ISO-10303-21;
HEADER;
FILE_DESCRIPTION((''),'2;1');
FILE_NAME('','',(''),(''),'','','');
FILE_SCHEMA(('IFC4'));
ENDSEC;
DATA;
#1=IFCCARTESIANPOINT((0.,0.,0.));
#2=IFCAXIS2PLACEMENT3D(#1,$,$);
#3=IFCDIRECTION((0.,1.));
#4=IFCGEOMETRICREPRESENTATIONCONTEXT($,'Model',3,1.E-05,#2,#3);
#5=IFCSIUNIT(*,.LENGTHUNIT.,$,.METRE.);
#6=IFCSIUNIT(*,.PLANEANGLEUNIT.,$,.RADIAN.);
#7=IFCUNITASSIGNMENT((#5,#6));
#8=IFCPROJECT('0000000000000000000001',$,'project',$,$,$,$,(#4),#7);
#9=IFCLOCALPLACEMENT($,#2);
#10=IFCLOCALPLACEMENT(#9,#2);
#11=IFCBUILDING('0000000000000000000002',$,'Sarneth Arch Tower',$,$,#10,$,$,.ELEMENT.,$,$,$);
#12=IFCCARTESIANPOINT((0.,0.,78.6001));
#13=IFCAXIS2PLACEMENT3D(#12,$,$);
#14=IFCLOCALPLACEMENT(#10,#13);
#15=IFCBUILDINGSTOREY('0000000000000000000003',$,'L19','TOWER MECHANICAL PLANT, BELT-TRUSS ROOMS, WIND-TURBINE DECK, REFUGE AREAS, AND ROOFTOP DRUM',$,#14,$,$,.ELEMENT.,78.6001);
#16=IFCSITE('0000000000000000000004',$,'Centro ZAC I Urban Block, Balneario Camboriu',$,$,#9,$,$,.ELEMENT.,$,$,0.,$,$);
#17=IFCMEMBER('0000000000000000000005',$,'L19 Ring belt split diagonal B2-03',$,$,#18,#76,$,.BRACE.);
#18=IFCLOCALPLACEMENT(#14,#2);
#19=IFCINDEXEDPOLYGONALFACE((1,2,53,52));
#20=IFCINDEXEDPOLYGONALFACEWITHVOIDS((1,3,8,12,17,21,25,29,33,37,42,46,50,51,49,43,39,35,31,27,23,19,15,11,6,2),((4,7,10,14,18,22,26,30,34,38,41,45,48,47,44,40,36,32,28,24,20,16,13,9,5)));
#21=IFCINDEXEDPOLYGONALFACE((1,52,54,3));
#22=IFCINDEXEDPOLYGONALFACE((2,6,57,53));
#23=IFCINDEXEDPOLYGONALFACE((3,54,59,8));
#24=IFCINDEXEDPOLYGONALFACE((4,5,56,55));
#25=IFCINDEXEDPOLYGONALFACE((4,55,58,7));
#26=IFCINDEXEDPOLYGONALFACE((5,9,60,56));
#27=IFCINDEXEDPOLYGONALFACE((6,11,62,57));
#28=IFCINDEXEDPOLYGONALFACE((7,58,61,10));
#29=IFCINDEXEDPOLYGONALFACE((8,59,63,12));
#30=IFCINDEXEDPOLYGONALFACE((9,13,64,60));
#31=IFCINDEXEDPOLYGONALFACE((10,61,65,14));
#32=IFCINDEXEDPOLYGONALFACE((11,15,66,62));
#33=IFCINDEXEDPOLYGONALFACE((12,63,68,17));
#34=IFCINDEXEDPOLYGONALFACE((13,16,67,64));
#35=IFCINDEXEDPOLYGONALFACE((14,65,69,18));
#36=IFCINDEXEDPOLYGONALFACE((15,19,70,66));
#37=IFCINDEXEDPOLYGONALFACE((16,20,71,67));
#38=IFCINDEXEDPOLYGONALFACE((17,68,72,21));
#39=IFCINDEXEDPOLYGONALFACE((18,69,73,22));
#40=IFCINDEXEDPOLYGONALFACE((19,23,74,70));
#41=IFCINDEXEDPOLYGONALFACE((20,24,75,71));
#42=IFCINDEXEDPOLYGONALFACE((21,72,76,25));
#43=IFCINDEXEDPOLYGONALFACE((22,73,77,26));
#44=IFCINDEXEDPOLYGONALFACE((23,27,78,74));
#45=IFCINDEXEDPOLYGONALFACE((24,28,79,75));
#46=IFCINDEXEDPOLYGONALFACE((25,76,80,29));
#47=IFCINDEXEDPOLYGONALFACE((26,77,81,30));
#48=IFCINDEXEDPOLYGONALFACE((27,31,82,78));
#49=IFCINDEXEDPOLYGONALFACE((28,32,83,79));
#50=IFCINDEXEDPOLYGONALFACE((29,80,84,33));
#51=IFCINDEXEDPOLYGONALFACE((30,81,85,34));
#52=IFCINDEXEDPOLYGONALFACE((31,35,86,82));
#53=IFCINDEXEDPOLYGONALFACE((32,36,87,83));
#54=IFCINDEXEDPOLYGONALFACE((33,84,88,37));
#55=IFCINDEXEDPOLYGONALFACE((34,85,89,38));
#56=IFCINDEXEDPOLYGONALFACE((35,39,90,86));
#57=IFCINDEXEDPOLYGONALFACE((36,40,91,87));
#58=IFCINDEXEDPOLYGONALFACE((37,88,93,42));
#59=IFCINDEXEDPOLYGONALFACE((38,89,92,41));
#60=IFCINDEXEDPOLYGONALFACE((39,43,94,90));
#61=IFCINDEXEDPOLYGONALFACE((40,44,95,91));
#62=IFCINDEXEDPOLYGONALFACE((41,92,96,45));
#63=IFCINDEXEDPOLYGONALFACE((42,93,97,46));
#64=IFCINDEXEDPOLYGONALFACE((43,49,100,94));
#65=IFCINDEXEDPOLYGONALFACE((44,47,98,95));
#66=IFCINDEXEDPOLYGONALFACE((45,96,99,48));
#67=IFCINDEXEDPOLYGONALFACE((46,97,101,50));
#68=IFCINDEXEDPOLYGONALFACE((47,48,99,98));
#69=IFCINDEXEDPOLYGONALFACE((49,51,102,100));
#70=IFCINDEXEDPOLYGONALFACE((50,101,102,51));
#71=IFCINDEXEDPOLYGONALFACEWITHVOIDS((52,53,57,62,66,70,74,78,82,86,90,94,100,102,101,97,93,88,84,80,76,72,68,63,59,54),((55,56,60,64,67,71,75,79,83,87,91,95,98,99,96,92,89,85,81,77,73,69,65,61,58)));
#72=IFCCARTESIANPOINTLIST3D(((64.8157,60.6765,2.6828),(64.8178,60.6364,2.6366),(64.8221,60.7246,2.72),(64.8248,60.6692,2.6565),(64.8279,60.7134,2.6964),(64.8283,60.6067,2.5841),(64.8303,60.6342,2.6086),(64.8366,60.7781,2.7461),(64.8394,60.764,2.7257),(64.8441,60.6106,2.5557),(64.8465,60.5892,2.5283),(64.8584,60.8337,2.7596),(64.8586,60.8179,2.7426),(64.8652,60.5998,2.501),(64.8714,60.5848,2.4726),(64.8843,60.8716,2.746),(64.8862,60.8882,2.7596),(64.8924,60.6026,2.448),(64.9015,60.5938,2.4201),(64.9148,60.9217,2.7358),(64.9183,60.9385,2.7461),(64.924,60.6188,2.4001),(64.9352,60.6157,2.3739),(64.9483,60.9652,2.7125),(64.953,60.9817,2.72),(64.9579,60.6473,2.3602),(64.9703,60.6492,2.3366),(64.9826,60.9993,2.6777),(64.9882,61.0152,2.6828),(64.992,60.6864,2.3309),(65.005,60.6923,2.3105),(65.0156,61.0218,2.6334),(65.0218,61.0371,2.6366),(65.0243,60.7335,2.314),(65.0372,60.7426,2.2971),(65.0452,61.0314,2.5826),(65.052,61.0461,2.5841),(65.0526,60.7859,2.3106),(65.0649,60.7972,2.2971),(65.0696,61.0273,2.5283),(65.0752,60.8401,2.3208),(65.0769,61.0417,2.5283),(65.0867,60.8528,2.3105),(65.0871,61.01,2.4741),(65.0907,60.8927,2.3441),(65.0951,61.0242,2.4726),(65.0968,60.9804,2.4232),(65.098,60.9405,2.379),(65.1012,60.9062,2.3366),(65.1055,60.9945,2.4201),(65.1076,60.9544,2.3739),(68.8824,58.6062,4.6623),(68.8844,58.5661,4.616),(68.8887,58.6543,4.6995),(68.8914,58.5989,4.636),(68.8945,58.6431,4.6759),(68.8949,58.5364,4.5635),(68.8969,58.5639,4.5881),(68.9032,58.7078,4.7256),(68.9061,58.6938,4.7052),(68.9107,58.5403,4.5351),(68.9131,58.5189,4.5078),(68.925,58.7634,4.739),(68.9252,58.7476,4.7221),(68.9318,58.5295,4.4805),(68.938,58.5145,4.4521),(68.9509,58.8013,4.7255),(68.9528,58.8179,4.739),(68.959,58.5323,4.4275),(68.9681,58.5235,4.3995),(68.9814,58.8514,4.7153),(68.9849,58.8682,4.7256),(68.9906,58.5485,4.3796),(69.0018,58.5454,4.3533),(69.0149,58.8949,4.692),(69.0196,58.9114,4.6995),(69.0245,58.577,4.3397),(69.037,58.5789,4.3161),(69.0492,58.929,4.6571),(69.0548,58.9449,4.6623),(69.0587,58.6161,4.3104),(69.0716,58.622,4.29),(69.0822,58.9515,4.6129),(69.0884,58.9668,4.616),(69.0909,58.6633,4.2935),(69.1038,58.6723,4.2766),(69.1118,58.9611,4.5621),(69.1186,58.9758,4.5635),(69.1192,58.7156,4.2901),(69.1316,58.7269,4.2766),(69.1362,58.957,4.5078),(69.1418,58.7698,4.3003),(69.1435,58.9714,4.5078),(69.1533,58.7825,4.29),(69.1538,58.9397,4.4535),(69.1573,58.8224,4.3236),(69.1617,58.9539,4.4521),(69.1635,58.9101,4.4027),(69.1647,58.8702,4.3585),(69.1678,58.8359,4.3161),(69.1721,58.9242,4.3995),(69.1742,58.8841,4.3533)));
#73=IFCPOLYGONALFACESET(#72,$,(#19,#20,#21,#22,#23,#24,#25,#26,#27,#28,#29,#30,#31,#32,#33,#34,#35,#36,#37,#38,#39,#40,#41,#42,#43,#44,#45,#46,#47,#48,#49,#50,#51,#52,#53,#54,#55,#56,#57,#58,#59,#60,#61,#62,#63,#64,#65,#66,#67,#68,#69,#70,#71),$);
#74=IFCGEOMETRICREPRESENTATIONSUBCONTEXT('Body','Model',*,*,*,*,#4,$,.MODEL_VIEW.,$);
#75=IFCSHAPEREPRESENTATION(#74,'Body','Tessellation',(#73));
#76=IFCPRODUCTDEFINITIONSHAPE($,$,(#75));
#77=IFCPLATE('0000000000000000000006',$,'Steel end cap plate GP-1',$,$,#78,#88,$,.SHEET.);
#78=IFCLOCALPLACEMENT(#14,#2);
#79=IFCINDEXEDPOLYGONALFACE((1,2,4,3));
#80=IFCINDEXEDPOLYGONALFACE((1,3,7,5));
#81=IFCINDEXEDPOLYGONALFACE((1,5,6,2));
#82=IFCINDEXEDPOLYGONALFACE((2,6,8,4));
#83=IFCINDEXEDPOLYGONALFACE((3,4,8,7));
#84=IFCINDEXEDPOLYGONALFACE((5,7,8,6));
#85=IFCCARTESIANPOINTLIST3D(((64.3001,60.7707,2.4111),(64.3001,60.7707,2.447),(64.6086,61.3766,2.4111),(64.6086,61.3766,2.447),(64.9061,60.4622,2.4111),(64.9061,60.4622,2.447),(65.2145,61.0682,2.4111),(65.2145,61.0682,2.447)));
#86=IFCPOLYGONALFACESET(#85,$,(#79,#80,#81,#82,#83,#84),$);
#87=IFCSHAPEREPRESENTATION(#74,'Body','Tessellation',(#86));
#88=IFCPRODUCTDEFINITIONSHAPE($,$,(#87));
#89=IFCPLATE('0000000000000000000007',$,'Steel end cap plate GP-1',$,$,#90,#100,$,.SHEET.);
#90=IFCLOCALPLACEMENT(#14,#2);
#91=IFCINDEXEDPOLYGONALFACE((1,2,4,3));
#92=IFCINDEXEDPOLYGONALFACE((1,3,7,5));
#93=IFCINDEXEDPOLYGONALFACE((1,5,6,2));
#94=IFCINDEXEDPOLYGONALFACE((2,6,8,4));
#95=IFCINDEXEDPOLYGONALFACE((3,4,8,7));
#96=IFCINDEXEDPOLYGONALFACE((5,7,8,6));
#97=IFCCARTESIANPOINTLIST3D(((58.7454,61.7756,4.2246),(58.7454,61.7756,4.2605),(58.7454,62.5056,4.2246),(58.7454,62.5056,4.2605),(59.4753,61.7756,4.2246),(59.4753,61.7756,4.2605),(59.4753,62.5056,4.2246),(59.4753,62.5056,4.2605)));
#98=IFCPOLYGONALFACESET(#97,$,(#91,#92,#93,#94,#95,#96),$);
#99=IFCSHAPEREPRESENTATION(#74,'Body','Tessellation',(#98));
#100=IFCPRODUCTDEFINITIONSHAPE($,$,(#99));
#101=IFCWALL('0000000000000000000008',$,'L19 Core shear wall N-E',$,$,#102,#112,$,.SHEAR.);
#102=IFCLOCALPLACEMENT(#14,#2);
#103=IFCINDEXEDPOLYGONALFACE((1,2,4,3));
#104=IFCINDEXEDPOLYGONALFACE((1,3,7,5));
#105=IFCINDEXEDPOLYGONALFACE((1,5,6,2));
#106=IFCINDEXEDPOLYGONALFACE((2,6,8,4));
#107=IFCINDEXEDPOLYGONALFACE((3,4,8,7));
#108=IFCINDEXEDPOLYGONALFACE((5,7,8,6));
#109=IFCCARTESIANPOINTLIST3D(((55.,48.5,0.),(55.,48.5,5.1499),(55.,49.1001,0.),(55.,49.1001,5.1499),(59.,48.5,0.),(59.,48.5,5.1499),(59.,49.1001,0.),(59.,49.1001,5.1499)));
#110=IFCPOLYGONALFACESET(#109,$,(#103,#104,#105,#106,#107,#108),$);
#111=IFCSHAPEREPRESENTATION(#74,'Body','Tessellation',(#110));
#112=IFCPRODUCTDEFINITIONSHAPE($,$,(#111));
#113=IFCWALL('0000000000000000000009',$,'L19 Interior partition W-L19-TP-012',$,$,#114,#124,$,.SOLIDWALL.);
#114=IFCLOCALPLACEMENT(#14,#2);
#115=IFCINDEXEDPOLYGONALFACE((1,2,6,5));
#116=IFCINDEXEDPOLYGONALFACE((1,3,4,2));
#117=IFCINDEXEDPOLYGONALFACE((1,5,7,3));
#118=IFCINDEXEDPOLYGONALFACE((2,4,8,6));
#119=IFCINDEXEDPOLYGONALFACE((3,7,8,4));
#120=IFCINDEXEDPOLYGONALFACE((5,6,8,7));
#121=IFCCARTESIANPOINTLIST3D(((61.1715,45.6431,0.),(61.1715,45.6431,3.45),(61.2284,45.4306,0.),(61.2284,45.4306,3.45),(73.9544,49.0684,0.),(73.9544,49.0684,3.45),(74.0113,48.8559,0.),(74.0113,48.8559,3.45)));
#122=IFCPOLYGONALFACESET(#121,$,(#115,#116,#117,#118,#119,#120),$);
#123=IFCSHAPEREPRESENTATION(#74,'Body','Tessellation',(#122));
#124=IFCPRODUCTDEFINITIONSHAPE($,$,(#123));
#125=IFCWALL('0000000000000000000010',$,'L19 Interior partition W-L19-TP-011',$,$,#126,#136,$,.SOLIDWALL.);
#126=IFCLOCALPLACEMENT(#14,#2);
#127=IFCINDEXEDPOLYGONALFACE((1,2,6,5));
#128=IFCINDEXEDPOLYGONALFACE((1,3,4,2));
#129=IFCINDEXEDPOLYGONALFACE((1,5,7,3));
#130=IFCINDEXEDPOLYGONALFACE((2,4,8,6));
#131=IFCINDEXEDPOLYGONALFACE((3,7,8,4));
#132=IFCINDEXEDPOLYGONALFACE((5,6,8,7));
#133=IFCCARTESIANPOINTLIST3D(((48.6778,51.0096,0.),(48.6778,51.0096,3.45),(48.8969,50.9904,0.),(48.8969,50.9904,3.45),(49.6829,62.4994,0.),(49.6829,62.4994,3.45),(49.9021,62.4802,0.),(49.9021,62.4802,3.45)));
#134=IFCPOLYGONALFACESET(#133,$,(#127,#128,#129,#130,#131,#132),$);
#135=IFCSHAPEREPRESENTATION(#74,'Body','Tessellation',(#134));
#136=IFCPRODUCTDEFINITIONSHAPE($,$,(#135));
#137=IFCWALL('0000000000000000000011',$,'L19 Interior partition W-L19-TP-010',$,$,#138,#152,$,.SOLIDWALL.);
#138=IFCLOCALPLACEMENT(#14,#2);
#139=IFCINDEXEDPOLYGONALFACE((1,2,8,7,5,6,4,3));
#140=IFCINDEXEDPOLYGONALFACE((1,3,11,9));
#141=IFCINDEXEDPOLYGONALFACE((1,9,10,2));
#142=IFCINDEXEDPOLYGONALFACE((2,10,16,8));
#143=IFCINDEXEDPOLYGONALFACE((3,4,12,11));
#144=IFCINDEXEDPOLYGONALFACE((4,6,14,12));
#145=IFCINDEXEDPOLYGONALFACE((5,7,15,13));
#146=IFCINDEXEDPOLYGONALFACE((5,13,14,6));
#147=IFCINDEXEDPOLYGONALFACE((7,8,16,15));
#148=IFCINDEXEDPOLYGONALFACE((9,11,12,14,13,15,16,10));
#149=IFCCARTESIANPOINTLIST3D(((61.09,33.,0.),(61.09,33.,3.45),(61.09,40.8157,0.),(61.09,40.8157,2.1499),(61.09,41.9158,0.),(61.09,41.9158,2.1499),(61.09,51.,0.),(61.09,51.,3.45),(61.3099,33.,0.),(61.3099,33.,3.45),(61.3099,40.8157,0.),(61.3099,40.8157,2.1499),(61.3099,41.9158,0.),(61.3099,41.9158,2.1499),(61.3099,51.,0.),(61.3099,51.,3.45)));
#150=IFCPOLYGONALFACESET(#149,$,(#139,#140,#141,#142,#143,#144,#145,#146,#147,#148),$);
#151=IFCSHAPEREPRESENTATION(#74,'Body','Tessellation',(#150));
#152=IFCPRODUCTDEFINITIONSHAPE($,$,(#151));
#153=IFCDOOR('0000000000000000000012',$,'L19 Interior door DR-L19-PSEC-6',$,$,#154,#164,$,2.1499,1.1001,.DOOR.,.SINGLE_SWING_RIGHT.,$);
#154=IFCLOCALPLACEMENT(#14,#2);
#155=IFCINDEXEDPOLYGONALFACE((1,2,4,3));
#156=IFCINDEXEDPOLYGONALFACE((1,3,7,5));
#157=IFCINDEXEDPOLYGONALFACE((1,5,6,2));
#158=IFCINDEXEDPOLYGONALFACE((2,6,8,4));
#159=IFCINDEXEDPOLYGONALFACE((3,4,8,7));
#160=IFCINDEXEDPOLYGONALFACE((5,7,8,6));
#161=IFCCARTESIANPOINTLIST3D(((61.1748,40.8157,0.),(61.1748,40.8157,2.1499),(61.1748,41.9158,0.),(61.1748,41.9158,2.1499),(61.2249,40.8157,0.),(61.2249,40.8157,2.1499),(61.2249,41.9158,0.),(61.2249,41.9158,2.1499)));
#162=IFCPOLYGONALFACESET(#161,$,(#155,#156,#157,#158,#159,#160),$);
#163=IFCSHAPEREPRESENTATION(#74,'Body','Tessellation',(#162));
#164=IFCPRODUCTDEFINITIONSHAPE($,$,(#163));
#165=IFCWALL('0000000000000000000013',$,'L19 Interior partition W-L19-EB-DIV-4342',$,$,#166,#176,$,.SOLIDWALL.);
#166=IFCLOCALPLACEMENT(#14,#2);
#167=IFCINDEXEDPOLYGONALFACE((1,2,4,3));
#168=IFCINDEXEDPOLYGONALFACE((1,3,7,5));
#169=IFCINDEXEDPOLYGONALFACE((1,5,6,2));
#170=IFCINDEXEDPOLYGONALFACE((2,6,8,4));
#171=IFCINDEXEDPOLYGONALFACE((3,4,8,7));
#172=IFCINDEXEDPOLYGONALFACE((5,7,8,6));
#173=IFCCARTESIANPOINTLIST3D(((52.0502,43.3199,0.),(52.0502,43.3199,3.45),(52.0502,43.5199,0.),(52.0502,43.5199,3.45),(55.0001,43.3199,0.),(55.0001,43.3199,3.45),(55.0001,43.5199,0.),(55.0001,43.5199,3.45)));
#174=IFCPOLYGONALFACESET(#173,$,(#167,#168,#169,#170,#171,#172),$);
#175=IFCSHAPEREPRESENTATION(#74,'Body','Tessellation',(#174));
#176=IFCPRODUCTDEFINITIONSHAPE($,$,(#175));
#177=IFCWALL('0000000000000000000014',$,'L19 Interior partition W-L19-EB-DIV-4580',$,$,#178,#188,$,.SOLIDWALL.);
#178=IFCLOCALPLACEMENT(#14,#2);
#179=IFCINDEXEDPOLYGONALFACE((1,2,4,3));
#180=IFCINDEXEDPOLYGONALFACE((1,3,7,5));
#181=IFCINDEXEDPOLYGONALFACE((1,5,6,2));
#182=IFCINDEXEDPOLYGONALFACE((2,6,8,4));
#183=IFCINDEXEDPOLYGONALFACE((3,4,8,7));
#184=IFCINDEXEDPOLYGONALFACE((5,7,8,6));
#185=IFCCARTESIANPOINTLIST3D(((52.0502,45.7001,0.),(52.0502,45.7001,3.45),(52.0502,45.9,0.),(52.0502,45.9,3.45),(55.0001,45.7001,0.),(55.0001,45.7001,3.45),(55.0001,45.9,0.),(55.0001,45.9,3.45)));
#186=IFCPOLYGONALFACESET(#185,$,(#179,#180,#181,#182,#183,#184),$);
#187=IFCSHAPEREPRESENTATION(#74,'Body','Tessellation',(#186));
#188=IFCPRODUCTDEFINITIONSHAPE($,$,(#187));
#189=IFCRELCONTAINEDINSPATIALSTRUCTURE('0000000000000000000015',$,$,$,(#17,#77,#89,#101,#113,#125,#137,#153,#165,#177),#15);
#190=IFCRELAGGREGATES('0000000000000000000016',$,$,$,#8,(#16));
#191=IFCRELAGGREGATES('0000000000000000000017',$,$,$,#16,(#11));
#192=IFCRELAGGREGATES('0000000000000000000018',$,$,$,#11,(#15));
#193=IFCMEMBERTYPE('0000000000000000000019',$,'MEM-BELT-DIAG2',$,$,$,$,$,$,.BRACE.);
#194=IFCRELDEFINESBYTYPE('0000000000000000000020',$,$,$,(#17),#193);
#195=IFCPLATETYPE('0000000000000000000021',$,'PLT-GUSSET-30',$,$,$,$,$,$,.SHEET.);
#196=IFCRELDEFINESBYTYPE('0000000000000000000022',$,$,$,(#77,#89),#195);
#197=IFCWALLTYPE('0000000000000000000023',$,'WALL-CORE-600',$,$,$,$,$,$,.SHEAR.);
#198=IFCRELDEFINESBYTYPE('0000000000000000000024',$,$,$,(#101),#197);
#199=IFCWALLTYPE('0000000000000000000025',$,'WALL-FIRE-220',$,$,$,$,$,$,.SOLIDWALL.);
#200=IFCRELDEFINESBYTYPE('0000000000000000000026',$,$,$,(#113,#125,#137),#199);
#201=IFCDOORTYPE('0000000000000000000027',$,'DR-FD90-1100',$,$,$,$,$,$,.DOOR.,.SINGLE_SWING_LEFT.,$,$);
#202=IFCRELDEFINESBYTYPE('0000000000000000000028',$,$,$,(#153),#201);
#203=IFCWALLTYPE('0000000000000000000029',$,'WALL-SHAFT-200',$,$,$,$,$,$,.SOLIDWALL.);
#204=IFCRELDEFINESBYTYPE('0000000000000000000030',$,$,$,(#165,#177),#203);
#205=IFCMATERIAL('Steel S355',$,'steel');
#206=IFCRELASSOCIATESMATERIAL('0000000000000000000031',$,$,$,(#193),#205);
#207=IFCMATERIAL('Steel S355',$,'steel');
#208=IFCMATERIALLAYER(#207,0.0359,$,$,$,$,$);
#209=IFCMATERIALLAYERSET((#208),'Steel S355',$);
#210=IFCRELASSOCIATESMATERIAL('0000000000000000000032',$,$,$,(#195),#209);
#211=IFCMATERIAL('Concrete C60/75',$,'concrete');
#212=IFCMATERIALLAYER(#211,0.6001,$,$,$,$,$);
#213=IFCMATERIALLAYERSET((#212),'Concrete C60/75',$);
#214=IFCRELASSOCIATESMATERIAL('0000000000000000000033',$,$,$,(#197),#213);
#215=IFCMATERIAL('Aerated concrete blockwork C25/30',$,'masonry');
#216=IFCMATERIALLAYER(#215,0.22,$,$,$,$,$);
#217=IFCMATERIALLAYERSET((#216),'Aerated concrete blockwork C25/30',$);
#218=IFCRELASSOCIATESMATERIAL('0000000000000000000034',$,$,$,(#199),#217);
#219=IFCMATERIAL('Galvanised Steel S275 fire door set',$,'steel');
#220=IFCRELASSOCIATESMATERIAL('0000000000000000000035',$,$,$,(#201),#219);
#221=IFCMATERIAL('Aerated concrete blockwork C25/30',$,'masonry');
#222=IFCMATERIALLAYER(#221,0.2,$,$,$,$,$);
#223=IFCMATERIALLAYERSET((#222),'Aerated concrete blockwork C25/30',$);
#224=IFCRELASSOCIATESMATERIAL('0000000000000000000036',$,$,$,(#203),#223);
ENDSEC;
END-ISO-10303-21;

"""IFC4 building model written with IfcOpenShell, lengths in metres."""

from ifc_helpers import new_model, si_unit, direction, frame, frame_2d, origin, origin_2d, place, context, subcontext, project, spatial, rectangle, hollow_circle, extrude, material, layer, layer_set, material_profile, profile_set, type_object, element, fill, save


model = new_model("IFC4")

# Units and contexts
model_context = context("Model", 3, precision=1e-05, world=origin(), true_north=direction((0.0, 1.0)))
body_context = subcontext(model_context, "Body", "Model", "MODEL_VIEW")
ifc_project = project(units=[si_unit("LENGTHUNIT", "METRE"), si_unit("PLANEANGLEUNIT", "RADIAN")], contexts=[model_context])

# Site, building, storey
site_placement = place(None, origin())
site = spatial("IfcSite", under=ifc_project, at=site_placement, Name="Centro ZAC I Urban Block, Balneario Camboriu", CompositionType="ELEMENT", RefElevation=0.0)
building_placement = place(site_placement, origin())
building = spatial("IfcBuilding", under=site, at=building_placement, Name="Sarneth Arch Tower", CompositionType="ELEMENT")
storey_placement = place(building_placement, frame((0.0, 0.0, 78.6001)))
storey = spatial("IfcBuildingStorey", under=building, at=storey_placement, Name="L19", Description="TOWER MECHANICAL PLANT, BELT-TRUSS ROOMS, WIND-TURBINE DECK, REFUGE AREAS, AND ROOFTOP DRUM", CompositionType="ELEMENT", Elevation=78.6001)

# Member
ifc_material_1 = material(Name="Steel S355", Category="steel")
ifc_material_profile_1 = material_profile(ifc_material_1, hollow_circle(Radius=0.2539, WallThickness=0.0161, at=origin_2d()), Name="CHS508x16")
ifc_profile_set_1 = profile_set([ifc_material_profile_1], Name="Steel S355")
member_type = type_object("IfcMemberType", Name="MEM-BELT-DIAG2", PredefinedType="BRACE", material=ifc_profile_set_1)
member_placement = place(storey_placement, frame((64.9617, 60.8154, 2.5283), z_axis=(0.817556, -0.416214, 0.397955), x_axis=(0.453686, 0.891162, 0.0)))
element("IfcMember", 1, at=member_placement, inside=storey, type_object=member_type, Name="L19 Ring belt split diagonal B2-03", PredefinedType="BRACE", context=body_context, shape_type="SweptSolid", body=[
    extrude(hollow_circle(Radius=0.2539, WallThickness=0.0161, at=origin_2d()), origin(), (0.0, 0.0, 1.0), 4.9741),
])

# Plates
ifc_material_2 = material(Name="Steel S355", Category="steel")
ifc_layer_1 = layer(ifc_material_2, 0.0359)
ifc_layer_set_1 = layer_set([ifc_layer_1], Name="Steel S355")
plate_type = type_object("IfcPlateType", Name="PLT-GUSSET-30", PredefinedType="SHEET", material=ifc_layer_set_1)
plate_1_placement = place(storey_placement, frame((64.7573, 60.9194, 2.4111), z_axis=(0.0, 0.0, 1.0), x_axis=(-0.891165, 0.453679, 0.0)))
element("IfcPlate", 2, at=plate_1_placement, inside=storey, type_object=plate_type, Name="Steel end cap plate GP-1", PredefinedType="SHEET", context=body_context, shape_type="SweptSolid", body=[
    extrude(rectangle(XDim=0.6799, YDim=0.6799, at=origin_2d()), origin(), (0.0, 0.0, 1.0), 0.0359),
])
plate_2_placement = place(storey_placement, frame((59.1104, 62.1406, 4.2246), z_axis=(0.0, 0.0, 1.0), x_axis=(1.0, 0.0, 0.0)))
element("IfcPlate", 3, at=plate_2_placement, inside=storey, type_object=plate_type, Name="Steel end cap plate GP-1", PredefinedType="SHEET", context=body_context, shape_type="SweptSolid", body=[
    extrude(rectangle(XDim=0.73, YDim=0.73, at=origin_2d()), origin(), (0.0, 0.0, 1.0), 0.0359),
])

# Walls
ifc_material_3 = material(Name="Concrete C60/75", Category="concrete")
ifc_layer_2 = layer(ifc_material_3, 0.6001)
ifc_layer_set_2 = layer_set([ifc_layer_2], Name="Concrete C60/75")
wall_type_1 = type_object("IfcWallType", Name="WALL-CORE-600", PredefinedType="SHEAR", material=ifc_layer_set_2)
wall_1_placement = place(storey_placement, frame((55.0, 48.8, 0.0), z_axis=(0.0, 0.0, 1.0), x_axis=(1.0, 0.0, 0.0)))
element("IfcWall", 4, at=wall_1_placement, inside=storey, type_object=wall_type_1, Name="L19 Core shear wall N-E", PredefinedType="SHEAR", context=body_context, shape_type="SweptSolid", body=[
    extrude(rectangle(XDim=4.0, YDim=0.6001, at=frame_2d((2.0, 0.0))), origin(), (0.0, 0.0, 1.0), 5.1499),
])
ifc_material_4 = material(Name="Aerated concrete blockwork C25/30", Category="masonry")
ifc_layer_3 = layer(ifc_material_4, 0.22)
ifc_layer_set_3 = layer_set([ifc_layer_3], Name="Aerated concrete blockwork C25/30")
wall_type_2 = type_object("IfcWallType", Name="WALL-FIRE-220", PredefinedType="SOLIDWALL", material=ifc_layer_set_3)
wall_2_placement = place(storey_placement, frame((61.2, 45.5369, 0.0), z_axis=(0.0, 0.0, 1.0), x_axis=(0.965924, 0.258827, 0.0)))
element("IfcWall", 5, at=wall_2_placement, inside=storey, type_object=wall_type_2, Name="L19 Interior partition W-L19-TP-012", PredefinedType="SOLIDWALL", context=body_context, shape_type="SweptSolid", body=[
    extrude(rectangle(XDim=13.2339, YDim=0.22, at=frame_2d((6.6169, 0.0))), origin(), (0.0, 0.0, 1.0), 3.45),
])
wall_3_placement = place(storey_placement, frame((48.7874, 51.0, 0.0), z_axis=(0.0, 0.0, 1.0), x_axis=(0.087148, 0.996195, 0.0)))
element("IfcWall", 6, at=wall_3_placement, inside=storey, type_object=wall_type_2, Name="L19 Interior partition W-L19-TP-011", PredefinedType="SOLIDWALL", context=body_context, shape_type="SweptSolid", body=[
    extrude(rectangle(XDim=11.5337, YDim=0.22, at=frame_2d((5.7668, 0.0))), origin(), (0.0, 0.0, 1.0), 3.45),
])

# Wall, opening, door
wall_4_placement = place(storey_placement, frame((61.2, 51.0, 0.0), z_axis=(0.0, 0.0, 1.0), x_axis=(0.0, -1.0, 0.0)))
wall_4 = element("IfcWall", 7, at=wall_4_placement, inside=storey, type_object=wall_type_2, Name="L19 Interior partition W-L19-TP-010", PredefinedType="SOLIDWALL", context=body_context, shape_type="SweptSolid", body=[
    extrude(rectangle(XDim=18.0, YDim=0.22, at=frame_2d((9.0, 0.0))), origin(), (0.0, 0.0, 1.0), 3.45),
])
opening_placement = place(wall_4_placement, frame((9.0842, 0.0, 0.0)))
opening = element("IfcOpeningElement", 8, at=opening_placement, cuts=wall_4, PredefinedType="OPENING", context=body_context, shape_type="SweptSolid", body=[
    extrude(rectangle(XDim=1.1001, YDim=2.1499, at=frame_2d((0.55, 1.075))), frame((0.0, 0.1199, 0.0), z_axis=(0.0, -1.0, 0.0), x_axis=(1.0, 0.0, 0.0)), (0.0, 0.0, 1.0), 0.24),
])
ifc_material_5 = material(Name="Galvanised Steel S275 fire door set", Category="steel")
door_type = type_object("IfcDoorType", Name="DR-FD90-1100", OperationType="SINGLE_SWING_LEFT", PredefinedType="DOOR", material=ifc_material_5)
door_placement = place(opening_placement, origin())
door = element("IfcDoor", 9, at=door_placement, inside=storey, type_object=door_type, Name="L19 Interior door DR-L19-PSEC-6", OperationType="SINGLE_SWING_RIGHT", OverallHeight=2.1499, OverallWidth=1.1001, PredefinedType="DOOR", context=body_context, shape_type="SweptSolid", body=[
    extrude(rectangle(XDim=1.1001, YDim=2.1499, at=frame_2d((0.55, 1.075))), frame((0.0, 0.0249, 0.0), z_axis=(0.0, -1.0, 0.0), x_axis=(1.0, 0.0, 0.0)), (0.0, 0.0, 1.0), 0.05),
])
fill(opening, door)

# Walls
ifc_material_6 = material(Name="Aerated concrete blockwork C25/30", Category="masonry")
ifc_layer_4 = layer(ifc_material_6, 0.2)
ifc_layer_set_4 = layer_set([ifc_layer_4], Name="Aerated concrete blockwork C25/30")
wall_type_3 = type_object("IfcWallType", Name="WALL-SHAFT-200", PredefinedType="SOLIDWALL", material=ifc_layer_set_4)
for number, where, z_axis, x_axis, name in (
    (10, (52.05, 43.4199, 0.0), (0.0, 0.0, 1.0), (1.0, 0.0, 0.0), "L19 Interior partition W-L19-EB-DIV-4342"),
    (11, (52.05, 45.8, 0.0), (0.0, 0.0, 1.0), (1.0, 0.0, 0.0), "L19 Interior partition W-L19-EB-DIV-4580"),
):
    element("IfcWall", number, at=place(storey_placement, frame(where, z_axis=z_axis, x_axis=x_axis)), inside=storey, type_object=wall_type_3, Name=name, PredefinedType="SOLIDWALL", context=body_context, shape_type="SweptSolid", body=[
        extrude(rectangle(XDim=2.95, YDim=0.2, at=frame_2d((1.4751, 0.0))), origin(), (0.0, 0.0, 1.0), 3.45),
    ])

save(model, "model.ifc")
